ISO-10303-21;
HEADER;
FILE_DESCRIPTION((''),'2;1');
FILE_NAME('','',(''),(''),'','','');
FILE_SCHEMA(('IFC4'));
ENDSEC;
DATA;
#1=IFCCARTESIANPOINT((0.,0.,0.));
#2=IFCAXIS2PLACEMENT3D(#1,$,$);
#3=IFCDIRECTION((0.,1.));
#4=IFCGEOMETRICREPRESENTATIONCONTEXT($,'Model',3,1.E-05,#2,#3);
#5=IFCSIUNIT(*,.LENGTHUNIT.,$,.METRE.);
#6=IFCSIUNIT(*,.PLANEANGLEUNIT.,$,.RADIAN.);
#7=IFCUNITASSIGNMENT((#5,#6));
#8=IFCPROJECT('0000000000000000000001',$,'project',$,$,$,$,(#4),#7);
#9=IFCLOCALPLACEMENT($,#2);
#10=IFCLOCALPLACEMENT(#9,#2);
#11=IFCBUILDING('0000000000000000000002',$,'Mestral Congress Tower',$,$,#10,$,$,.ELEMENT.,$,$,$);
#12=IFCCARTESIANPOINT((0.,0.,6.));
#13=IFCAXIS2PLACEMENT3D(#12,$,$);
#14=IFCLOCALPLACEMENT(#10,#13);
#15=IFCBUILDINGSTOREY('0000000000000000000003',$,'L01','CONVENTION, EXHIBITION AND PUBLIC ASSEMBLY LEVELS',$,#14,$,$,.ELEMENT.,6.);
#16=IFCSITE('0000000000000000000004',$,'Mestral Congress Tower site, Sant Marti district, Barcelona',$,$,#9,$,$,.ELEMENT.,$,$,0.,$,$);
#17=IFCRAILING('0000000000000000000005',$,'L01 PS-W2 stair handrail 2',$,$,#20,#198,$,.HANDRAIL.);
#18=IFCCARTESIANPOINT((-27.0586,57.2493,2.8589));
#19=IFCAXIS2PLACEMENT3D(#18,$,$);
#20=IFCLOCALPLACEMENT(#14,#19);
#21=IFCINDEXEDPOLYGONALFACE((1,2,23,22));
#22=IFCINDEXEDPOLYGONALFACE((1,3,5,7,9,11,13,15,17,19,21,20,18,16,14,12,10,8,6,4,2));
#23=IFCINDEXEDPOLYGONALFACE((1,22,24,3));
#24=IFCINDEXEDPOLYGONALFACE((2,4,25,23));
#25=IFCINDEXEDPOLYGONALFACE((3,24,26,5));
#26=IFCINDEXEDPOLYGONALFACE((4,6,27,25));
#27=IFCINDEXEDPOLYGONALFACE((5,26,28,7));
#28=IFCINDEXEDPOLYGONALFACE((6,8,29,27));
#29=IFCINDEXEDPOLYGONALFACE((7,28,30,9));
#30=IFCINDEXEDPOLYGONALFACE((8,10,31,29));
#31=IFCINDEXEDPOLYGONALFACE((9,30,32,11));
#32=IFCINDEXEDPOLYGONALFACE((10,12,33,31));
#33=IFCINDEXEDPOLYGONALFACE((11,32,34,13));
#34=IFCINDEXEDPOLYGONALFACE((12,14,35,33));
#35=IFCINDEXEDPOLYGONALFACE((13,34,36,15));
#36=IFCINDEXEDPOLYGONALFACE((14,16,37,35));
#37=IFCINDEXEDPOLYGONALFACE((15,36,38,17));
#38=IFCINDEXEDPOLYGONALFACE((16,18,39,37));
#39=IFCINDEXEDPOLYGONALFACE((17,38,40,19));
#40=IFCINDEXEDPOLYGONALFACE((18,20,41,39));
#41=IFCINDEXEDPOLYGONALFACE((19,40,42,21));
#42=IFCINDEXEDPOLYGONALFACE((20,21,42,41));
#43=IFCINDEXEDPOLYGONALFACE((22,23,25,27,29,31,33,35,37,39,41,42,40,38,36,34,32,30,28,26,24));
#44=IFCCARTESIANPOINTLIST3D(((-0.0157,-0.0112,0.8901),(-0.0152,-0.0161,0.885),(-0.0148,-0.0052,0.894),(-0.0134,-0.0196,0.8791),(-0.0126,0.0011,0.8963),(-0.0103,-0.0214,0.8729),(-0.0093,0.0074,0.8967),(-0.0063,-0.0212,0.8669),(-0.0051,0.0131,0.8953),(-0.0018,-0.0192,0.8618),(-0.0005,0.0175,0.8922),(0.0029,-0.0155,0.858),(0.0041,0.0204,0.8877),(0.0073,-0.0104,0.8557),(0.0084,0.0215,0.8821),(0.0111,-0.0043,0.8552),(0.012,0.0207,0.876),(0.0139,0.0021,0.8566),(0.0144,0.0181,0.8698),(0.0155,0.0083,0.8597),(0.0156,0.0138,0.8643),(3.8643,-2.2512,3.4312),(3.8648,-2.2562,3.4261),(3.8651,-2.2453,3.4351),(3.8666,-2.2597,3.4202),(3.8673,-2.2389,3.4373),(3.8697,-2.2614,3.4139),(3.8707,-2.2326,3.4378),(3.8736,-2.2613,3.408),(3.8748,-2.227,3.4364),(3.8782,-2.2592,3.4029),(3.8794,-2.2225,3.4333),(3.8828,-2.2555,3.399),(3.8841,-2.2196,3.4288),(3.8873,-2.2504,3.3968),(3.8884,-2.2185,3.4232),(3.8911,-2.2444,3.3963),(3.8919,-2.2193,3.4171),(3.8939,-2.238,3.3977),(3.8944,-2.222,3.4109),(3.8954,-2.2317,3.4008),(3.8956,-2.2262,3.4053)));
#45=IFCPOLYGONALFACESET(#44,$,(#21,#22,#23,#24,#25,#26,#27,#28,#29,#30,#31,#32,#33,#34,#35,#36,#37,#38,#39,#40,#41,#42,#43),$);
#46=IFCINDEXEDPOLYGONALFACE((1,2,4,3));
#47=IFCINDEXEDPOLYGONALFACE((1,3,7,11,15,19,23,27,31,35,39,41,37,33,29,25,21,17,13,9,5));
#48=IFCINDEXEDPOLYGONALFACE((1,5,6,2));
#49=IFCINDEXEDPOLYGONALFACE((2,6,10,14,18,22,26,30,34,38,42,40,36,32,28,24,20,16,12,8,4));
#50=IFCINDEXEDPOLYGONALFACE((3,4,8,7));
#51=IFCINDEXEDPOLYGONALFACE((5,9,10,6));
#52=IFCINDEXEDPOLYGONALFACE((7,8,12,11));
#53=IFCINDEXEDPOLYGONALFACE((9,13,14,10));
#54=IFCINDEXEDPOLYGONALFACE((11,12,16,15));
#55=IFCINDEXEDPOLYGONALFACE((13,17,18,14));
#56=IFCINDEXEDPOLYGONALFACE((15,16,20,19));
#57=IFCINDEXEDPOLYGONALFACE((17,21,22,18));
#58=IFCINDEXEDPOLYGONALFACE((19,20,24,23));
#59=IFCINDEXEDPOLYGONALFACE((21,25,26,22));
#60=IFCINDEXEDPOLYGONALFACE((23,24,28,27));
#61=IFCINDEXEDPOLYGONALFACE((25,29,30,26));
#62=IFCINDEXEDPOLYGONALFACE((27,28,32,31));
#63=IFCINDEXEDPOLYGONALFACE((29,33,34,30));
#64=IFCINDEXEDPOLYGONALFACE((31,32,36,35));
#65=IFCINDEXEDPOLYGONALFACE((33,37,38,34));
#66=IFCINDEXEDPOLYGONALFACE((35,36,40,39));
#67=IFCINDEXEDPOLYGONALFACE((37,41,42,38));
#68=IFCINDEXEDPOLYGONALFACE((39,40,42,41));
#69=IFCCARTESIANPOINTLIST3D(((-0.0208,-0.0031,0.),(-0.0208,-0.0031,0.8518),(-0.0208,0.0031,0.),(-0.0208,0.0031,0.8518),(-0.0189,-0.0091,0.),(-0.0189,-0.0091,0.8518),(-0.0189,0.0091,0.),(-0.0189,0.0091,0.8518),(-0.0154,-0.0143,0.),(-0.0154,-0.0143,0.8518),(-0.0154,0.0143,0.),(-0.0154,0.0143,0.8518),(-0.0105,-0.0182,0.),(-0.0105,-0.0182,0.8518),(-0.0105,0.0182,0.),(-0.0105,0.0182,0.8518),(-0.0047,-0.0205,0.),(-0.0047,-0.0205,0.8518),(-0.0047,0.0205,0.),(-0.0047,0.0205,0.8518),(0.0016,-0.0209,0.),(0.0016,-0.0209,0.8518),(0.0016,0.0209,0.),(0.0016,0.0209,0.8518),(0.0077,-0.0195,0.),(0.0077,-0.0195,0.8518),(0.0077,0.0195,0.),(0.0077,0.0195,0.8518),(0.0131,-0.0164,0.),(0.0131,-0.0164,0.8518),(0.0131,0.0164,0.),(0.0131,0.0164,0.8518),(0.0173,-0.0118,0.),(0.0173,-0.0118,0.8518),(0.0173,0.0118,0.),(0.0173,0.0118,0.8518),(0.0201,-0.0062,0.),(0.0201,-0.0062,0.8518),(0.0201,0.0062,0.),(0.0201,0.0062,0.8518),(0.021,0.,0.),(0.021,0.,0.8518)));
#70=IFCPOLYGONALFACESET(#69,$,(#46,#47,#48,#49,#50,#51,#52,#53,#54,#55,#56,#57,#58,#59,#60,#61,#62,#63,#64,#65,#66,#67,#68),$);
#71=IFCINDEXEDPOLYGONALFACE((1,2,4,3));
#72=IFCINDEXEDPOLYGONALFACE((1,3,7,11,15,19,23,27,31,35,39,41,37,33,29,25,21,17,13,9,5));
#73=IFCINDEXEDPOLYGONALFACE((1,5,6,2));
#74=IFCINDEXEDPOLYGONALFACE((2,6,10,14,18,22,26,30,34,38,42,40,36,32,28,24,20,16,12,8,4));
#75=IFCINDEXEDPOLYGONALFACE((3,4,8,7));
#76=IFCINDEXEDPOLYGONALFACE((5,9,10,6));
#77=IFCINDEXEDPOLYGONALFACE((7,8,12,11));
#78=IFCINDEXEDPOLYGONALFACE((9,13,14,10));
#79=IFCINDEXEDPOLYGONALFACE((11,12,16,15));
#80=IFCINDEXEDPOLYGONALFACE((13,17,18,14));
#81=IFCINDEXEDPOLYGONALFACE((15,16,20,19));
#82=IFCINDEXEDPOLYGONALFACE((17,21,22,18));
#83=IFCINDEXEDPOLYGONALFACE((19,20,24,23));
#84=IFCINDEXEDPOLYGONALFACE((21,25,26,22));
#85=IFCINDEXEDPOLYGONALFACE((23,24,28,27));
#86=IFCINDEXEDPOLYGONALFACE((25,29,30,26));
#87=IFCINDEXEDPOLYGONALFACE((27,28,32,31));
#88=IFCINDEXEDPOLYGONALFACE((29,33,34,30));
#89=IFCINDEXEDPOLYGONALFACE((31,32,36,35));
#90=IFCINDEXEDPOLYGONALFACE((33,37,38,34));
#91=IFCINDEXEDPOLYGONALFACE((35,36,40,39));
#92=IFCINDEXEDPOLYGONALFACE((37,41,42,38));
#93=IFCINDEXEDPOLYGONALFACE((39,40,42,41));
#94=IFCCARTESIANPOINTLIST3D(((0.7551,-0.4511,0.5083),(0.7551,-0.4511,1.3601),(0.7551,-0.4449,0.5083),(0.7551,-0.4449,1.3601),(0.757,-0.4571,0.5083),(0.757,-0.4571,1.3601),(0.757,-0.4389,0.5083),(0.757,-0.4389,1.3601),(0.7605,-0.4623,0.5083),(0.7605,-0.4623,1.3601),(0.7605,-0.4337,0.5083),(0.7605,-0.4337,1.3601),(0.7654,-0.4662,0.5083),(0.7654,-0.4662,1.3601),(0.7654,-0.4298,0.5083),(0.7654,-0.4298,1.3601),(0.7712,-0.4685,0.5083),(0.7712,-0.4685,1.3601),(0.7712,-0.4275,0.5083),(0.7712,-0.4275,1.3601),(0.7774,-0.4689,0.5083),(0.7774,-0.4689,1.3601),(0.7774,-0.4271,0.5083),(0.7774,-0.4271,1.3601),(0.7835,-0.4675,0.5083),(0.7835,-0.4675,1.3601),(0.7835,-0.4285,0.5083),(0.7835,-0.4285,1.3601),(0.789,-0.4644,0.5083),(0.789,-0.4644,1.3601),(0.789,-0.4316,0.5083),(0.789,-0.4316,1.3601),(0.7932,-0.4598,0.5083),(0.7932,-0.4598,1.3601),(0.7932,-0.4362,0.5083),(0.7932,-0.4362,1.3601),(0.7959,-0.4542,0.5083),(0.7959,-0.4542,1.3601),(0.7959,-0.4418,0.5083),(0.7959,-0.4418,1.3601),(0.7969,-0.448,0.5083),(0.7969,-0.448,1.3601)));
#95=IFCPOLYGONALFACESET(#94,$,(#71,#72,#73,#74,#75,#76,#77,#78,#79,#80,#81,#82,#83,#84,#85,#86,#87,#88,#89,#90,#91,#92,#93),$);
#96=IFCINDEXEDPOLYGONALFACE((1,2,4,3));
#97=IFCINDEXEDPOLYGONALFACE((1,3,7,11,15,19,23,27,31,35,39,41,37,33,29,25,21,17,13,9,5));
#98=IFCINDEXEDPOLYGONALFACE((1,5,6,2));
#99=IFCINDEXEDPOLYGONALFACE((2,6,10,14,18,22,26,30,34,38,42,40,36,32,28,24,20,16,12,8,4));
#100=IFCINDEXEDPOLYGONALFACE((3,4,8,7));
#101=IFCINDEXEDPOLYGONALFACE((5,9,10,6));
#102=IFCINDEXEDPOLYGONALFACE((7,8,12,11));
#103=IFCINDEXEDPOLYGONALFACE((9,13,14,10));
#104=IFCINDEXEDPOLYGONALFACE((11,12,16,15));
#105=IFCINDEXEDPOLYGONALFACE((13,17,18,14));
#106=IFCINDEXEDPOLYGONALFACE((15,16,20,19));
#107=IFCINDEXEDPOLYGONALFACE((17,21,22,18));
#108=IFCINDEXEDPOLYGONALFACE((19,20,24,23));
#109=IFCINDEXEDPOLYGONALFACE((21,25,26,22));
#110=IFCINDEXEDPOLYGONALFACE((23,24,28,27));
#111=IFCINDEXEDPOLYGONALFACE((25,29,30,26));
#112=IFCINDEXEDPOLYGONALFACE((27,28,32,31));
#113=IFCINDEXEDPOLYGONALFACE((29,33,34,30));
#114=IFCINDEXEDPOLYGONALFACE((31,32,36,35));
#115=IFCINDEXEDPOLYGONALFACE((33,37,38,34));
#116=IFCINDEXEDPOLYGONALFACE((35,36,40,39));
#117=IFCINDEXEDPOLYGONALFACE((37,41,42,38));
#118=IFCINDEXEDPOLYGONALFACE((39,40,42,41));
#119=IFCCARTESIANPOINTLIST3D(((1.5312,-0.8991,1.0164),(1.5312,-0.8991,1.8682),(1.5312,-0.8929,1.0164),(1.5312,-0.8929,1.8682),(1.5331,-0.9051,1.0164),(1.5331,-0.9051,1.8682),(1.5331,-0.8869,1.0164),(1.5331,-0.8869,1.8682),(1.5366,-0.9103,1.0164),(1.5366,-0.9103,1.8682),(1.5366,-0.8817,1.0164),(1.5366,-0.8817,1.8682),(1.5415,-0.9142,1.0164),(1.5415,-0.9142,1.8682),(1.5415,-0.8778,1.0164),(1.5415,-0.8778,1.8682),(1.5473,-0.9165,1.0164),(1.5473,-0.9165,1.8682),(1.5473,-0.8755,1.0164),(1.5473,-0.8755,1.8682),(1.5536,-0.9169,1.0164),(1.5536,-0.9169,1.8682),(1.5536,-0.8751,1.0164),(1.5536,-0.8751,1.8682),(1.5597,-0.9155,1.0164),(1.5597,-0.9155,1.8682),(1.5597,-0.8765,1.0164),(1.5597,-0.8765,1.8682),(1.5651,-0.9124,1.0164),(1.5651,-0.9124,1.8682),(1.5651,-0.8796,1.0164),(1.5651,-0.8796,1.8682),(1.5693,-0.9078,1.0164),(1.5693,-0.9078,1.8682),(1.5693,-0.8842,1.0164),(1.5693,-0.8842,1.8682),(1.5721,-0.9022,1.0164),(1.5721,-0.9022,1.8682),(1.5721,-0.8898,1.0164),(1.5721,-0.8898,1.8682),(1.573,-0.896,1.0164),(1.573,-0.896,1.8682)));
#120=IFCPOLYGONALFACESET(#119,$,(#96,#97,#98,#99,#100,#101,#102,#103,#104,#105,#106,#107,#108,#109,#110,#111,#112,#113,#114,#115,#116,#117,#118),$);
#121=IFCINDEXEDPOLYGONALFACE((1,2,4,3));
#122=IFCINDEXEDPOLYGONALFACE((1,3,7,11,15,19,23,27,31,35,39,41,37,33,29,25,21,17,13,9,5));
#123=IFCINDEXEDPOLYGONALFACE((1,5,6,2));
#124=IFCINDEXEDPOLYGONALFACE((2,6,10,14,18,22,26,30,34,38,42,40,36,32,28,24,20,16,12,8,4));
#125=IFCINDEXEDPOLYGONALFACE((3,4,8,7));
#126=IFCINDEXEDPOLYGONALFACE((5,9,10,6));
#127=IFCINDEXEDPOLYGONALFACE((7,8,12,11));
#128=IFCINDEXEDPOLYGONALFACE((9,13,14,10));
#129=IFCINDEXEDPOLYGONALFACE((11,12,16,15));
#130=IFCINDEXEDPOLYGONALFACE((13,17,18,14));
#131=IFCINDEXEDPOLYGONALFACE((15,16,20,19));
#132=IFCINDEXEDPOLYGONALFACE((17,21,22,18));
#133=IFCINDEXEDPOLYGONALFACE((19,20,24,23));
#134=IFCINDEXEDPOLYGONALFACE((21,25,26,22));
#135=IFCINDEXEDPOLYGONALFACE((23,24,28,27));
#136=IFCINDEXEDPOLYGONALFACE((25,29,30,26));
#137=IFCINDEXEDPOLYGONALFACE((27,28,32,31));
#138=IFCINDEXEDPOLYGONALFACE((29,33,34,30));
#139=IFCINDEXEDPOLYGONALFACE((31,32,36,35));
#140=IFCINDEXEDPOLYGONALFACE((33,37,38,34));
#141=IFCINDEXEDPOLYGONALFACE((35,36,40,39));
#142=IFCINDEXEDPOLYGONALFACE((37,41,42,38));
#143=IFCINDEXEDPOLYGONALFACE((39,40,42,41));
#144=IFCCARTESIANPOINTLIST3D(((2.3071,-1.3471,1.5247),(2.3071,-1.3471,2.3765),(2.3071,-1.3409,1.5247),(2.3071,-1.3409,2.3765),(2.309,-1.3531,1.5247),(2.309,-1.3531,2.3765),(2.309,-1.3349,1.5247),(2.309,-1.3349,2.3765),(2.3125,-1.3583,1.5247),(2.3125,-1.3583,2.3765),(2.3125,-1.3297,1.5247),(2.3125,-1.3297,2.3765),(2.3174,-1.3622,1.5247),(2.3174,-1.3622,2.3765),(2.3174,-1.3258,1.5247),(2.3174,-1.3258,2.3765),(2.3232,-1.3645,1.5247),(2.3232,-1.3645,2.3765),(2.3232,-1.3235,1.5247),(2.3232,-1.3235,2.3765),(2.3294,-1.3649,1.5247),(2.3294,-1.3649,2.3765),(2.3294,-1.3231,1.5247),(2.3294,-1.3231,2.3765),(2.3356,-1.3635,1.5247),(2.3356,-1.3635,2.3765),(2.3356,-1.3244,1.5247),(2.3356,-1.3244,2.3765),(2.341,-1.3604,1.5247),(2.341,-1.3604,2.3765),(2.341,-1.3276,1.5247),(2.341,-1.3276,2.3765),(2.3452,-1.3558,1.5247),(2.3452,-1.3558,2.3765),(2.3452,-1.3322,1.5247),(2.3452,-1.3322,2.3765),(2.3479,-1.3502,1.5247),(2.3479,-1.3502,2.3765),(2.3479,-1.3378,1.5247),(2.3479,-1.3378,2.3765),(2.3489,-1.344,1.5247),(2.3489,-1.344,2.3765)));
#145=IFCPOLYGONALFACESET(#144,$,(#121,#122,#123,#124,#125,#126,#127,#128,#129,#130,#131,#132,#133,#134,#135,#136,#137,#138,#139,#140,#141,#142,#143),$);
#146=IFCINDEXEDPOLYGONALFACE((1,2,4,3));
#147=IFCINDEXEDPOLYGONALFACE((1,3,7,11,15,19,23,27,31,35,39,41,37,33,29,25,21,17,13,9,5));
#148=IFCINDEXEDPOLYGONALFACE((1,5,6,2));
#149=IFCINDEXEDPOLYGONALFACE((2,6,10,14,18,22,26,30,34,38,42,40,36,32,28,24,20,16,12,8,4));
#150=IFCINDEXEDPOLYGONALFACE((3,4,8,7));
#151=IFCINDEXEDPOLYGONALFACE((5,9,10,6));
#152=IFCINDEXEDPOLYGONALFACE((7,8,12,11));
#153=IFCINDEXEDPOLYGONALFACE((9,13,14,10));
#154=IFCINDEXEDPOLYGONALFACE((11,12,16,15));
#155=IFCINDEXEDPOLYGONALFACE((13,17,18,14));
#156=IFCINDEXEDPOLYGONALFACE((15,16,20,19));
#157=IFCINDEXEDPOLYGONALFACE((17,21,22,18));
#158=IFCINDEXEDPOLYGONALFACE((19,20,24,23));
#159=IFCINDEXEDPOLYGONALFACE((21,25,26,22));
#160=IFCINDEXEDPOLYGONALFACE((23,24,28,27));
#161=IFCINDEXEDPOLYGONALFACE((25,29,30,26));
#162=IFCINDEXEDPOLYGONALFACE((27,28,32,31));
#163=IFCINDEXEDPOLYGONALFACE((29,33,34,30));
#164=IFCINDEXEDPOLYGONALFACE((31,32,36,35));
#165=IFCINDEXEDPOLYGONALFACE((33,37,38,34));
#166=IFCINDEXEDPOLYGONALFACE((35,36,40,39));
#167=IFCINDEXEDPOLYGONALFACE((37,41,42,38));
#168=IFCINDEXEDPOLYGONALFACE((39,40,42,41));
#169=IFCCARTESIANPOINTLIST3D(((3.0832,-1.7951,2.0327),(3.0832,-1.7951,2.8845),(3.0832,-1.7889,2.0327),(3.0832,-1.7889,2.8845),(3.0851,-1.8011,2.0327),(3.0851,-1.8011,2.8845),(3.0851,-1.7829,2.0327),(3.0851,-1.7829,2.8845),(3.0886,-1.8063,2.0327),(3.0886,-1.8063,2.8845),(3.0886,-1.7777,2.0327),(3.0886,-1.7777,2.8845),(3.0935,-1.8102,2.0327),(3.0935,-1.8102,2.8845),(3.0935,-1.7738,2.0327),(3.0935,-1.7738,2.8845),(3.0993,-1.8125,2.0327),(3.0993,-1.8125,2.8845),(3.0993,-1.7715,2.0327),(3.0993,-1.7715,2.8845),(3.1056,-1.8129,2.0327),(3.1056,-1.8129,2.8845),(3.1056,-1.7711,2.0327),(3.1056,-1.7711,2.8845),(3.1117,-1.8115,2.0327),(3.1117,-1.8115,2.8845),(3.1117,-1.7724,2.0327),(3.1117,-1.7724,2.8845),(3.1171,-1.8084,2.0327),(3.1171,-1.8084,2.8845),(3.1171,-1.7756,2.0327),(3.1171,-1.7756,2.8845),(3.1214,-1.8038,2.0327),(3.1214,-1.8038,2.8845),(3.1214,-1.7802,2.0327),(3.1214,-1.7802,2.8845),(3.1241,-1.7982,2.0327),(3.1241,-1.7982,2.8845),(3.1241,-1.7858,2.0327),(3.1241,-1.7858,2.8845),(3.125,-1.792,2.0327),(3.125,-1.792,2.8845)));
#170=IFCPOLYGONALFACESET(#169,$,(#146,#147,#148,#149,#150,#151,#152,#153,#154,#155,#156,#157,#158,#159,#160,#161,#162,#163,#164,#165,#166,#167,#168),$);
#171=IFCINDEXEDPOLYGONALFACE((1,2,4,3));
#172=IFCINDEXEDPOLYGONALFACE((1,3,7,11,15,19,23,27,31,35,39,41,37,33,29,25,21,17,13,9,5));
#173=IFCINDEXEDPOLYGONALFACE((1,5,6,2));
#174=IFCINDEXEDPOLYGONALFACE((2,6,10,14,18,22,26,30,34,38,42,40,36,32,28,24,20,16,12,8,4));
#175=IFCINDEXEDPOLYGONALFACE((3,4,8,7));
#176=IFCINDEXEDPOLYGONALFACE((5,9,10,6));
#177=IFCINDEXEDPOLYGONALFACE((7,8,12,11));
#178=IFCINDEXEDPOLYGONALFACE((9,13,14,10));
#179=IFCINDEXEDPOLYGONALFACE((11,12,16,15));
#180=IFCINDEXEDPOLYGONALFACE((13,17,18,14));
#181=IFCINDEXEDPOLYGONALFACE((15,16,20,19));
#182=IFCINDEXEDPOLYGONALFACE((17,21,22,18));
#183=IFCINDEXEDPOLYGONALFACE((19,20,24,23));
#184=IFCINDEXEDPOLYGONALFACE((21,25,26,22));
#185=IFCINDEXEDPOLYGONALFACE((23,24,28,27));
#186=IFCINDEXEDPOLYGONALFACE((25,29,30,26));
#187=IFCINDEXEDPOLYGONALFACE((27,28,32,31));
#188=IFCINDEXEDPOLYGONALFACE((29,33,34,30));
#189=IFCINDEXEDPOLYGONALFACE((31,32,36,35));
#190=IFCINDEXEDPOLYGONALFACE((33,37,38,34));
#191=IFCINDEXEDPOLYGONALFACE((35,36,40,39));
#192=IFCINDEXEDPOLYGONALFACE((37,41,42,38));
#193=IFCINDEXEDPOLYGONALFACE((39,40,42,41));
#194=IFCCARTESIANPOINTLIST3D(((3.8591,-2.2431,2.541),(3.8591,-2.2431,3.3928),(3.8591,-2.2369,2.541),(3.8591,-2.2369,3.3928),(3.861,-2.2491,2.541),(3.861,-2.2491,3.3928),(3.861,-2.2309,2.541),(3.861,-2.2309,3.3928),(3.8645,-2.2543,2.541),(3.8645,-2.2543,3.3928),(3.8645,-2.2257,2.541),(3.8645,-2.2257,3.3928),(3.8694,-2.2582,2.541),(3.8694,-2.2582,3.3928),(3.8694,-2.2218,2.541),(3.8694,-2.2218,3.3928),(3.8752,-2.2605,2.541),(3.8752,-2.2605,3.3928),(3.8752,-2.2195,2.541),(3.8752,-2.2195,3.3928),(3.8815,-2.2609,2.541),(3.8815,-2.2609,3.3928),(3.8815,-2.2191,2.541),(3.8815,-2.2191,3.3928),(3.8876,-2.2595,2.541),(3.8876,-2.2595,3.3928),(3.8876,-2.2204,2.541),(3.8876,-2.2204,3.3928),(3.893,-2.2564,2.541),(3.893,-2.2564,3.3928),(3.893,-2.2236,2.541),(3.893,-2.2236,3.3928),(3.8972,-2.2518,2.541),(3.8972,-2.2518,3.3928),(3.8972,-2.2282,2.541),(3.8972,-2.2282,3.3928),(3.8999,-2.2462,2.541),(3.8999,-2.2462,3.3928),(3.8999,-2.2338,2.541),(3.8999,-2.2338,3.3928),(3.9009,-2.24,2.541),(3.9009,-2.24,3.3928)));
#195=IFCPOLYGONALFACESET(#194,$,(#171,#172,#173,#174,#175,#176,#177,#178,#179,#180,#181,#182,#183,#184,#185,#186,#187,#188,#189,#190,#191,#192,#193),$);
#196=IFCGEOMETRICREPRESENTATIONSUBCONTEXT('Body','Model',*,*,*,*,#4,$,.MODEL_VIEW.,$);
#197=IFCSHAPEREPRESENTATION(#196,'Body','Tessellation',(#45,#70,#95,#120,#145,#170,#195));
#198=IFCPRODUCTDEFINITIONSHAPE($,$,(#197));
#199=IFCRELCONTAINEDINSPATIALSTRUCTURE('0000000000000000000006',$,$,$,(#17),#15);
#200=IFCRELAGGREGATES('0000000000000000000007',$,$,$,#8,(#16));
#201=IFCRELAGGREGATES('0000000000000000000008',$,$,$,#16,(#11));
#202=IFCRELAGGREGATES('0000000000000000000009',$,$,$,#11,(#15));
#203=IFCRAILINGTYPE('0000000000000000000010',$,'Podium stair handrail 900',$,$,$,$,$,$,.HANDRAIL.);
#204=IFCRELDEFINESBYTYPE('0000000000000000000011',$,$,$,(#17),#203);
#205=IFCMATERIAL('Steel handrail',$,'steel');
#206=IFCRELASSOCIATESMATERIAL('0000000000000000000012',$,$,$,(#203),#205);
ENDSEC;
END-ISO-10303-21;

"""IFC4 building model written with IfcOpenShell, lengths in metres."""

from ifc_helpers import new_model, si_unit, direction, frame, origin, origin_2d, place, context, subcontext, project, spatial, circle, extrude, material, type_object, element, save


model = new_model("IFC4")

# Units and contexts
model_context = context("Model", 3, precision=1e-05, world=origin(), true_north=direction((0.0, 1.0)))
body_context = subcontext(model_context, "Body", "Model", "MODEL_VIEW")
ifc_project = project(units=[si_unit("LENGTHUNIT", "METRE"), si_unit("PLANEANGLEUNIT", "RADIAN")], contexts=[model_context])

# Site, building, storey
site_placement = place(None, origin())
site = spatial("IfcSite", under=ifc_project, at=site_placement, Name="Mestral Congress Tower site, Sant Marti district, Barcelona", CompositionType="ELEMENT", RefElevation=0.0)
building_placement = place(site_placement, origin())
building = spatial("IfcBuilding", under=site, at=building_placement, Name="Mestral Congress Tower", CompositionType="ELEMENT")
storey_placement = place(building_placement, frame((0.0, 0.0, 6.0)))
storey = spatial("IfcBuildingStorey", under=building, at=storey_placement, Name="L01", Description="CONVENTION, EXHIBITION AND PUBLIC ASSEMBLY LEVELS", CompositionType="ELEMENT", Elevation=6.0)

# Railing
ifc_material_1 = material(Name="Steel handrail", Category="steel")
railing_type_1 = type_object("IfcRailingType", Name="Podium stair handrail 900", PredefinedType="HANDRAIL", material=ifc_material_1)
railing_1_placement = place(storey_placement, frame((-27.0586, 57.2493, 2.8589)))
element("IfcRailing", 1, at=railing_1_placement, inside=storey, type_object=railing_type_1, Name="L01 PS-W2 stair handrail 2", PredefinedType="HANDRAIL", context=body_context, shape_type="SweptSolid", body=[
    extrude(circle(Radius=0.0239, at=origin_2d()), frame((0.0, 0.0, 0.876), z_axis=(0.7533, -0.434906, 0.493352), x_axis=(0.49999, 0.866031, 0.0)), (0.0, 0.0, 1.0), 5.1506),
    extrude(circle(Radius=0.021, at=origin_2d()), origin(), (0.0, 0.0, 1.0), 0.8518),
    extrude(circle(Radius=0.021, at=origin_2d()), frame((0.7759, -0.448, 0.5083)), (0.0, 0.0, 1.0), 0.8518),
    extrude(circle(Radius=0.021, at=origin_2d()), frame((1.552, -0.896, 1.0164)), (0.0, 0.0, 1.0), 0.8518),
    extrude(circle(Radius=0.021, at=origin_2d()), frame((2.3279, -1.344, 1.5247)), (0.0, 0.0, 1.0), 0.8518),
    extrude(circle(Radius=0.021, at=origin_2d()), frame((3.104, -1.792, 2.0327)), (0.0, 0.0, 1.0), 0.8518),
    extrude(circle(Radius=0.021, at=origin_2d()), frame((3.8799, -2.24, 2.541)), (0.0, 0.0, 1.0), 0.8518),
])

save(model, "model.ifc")
